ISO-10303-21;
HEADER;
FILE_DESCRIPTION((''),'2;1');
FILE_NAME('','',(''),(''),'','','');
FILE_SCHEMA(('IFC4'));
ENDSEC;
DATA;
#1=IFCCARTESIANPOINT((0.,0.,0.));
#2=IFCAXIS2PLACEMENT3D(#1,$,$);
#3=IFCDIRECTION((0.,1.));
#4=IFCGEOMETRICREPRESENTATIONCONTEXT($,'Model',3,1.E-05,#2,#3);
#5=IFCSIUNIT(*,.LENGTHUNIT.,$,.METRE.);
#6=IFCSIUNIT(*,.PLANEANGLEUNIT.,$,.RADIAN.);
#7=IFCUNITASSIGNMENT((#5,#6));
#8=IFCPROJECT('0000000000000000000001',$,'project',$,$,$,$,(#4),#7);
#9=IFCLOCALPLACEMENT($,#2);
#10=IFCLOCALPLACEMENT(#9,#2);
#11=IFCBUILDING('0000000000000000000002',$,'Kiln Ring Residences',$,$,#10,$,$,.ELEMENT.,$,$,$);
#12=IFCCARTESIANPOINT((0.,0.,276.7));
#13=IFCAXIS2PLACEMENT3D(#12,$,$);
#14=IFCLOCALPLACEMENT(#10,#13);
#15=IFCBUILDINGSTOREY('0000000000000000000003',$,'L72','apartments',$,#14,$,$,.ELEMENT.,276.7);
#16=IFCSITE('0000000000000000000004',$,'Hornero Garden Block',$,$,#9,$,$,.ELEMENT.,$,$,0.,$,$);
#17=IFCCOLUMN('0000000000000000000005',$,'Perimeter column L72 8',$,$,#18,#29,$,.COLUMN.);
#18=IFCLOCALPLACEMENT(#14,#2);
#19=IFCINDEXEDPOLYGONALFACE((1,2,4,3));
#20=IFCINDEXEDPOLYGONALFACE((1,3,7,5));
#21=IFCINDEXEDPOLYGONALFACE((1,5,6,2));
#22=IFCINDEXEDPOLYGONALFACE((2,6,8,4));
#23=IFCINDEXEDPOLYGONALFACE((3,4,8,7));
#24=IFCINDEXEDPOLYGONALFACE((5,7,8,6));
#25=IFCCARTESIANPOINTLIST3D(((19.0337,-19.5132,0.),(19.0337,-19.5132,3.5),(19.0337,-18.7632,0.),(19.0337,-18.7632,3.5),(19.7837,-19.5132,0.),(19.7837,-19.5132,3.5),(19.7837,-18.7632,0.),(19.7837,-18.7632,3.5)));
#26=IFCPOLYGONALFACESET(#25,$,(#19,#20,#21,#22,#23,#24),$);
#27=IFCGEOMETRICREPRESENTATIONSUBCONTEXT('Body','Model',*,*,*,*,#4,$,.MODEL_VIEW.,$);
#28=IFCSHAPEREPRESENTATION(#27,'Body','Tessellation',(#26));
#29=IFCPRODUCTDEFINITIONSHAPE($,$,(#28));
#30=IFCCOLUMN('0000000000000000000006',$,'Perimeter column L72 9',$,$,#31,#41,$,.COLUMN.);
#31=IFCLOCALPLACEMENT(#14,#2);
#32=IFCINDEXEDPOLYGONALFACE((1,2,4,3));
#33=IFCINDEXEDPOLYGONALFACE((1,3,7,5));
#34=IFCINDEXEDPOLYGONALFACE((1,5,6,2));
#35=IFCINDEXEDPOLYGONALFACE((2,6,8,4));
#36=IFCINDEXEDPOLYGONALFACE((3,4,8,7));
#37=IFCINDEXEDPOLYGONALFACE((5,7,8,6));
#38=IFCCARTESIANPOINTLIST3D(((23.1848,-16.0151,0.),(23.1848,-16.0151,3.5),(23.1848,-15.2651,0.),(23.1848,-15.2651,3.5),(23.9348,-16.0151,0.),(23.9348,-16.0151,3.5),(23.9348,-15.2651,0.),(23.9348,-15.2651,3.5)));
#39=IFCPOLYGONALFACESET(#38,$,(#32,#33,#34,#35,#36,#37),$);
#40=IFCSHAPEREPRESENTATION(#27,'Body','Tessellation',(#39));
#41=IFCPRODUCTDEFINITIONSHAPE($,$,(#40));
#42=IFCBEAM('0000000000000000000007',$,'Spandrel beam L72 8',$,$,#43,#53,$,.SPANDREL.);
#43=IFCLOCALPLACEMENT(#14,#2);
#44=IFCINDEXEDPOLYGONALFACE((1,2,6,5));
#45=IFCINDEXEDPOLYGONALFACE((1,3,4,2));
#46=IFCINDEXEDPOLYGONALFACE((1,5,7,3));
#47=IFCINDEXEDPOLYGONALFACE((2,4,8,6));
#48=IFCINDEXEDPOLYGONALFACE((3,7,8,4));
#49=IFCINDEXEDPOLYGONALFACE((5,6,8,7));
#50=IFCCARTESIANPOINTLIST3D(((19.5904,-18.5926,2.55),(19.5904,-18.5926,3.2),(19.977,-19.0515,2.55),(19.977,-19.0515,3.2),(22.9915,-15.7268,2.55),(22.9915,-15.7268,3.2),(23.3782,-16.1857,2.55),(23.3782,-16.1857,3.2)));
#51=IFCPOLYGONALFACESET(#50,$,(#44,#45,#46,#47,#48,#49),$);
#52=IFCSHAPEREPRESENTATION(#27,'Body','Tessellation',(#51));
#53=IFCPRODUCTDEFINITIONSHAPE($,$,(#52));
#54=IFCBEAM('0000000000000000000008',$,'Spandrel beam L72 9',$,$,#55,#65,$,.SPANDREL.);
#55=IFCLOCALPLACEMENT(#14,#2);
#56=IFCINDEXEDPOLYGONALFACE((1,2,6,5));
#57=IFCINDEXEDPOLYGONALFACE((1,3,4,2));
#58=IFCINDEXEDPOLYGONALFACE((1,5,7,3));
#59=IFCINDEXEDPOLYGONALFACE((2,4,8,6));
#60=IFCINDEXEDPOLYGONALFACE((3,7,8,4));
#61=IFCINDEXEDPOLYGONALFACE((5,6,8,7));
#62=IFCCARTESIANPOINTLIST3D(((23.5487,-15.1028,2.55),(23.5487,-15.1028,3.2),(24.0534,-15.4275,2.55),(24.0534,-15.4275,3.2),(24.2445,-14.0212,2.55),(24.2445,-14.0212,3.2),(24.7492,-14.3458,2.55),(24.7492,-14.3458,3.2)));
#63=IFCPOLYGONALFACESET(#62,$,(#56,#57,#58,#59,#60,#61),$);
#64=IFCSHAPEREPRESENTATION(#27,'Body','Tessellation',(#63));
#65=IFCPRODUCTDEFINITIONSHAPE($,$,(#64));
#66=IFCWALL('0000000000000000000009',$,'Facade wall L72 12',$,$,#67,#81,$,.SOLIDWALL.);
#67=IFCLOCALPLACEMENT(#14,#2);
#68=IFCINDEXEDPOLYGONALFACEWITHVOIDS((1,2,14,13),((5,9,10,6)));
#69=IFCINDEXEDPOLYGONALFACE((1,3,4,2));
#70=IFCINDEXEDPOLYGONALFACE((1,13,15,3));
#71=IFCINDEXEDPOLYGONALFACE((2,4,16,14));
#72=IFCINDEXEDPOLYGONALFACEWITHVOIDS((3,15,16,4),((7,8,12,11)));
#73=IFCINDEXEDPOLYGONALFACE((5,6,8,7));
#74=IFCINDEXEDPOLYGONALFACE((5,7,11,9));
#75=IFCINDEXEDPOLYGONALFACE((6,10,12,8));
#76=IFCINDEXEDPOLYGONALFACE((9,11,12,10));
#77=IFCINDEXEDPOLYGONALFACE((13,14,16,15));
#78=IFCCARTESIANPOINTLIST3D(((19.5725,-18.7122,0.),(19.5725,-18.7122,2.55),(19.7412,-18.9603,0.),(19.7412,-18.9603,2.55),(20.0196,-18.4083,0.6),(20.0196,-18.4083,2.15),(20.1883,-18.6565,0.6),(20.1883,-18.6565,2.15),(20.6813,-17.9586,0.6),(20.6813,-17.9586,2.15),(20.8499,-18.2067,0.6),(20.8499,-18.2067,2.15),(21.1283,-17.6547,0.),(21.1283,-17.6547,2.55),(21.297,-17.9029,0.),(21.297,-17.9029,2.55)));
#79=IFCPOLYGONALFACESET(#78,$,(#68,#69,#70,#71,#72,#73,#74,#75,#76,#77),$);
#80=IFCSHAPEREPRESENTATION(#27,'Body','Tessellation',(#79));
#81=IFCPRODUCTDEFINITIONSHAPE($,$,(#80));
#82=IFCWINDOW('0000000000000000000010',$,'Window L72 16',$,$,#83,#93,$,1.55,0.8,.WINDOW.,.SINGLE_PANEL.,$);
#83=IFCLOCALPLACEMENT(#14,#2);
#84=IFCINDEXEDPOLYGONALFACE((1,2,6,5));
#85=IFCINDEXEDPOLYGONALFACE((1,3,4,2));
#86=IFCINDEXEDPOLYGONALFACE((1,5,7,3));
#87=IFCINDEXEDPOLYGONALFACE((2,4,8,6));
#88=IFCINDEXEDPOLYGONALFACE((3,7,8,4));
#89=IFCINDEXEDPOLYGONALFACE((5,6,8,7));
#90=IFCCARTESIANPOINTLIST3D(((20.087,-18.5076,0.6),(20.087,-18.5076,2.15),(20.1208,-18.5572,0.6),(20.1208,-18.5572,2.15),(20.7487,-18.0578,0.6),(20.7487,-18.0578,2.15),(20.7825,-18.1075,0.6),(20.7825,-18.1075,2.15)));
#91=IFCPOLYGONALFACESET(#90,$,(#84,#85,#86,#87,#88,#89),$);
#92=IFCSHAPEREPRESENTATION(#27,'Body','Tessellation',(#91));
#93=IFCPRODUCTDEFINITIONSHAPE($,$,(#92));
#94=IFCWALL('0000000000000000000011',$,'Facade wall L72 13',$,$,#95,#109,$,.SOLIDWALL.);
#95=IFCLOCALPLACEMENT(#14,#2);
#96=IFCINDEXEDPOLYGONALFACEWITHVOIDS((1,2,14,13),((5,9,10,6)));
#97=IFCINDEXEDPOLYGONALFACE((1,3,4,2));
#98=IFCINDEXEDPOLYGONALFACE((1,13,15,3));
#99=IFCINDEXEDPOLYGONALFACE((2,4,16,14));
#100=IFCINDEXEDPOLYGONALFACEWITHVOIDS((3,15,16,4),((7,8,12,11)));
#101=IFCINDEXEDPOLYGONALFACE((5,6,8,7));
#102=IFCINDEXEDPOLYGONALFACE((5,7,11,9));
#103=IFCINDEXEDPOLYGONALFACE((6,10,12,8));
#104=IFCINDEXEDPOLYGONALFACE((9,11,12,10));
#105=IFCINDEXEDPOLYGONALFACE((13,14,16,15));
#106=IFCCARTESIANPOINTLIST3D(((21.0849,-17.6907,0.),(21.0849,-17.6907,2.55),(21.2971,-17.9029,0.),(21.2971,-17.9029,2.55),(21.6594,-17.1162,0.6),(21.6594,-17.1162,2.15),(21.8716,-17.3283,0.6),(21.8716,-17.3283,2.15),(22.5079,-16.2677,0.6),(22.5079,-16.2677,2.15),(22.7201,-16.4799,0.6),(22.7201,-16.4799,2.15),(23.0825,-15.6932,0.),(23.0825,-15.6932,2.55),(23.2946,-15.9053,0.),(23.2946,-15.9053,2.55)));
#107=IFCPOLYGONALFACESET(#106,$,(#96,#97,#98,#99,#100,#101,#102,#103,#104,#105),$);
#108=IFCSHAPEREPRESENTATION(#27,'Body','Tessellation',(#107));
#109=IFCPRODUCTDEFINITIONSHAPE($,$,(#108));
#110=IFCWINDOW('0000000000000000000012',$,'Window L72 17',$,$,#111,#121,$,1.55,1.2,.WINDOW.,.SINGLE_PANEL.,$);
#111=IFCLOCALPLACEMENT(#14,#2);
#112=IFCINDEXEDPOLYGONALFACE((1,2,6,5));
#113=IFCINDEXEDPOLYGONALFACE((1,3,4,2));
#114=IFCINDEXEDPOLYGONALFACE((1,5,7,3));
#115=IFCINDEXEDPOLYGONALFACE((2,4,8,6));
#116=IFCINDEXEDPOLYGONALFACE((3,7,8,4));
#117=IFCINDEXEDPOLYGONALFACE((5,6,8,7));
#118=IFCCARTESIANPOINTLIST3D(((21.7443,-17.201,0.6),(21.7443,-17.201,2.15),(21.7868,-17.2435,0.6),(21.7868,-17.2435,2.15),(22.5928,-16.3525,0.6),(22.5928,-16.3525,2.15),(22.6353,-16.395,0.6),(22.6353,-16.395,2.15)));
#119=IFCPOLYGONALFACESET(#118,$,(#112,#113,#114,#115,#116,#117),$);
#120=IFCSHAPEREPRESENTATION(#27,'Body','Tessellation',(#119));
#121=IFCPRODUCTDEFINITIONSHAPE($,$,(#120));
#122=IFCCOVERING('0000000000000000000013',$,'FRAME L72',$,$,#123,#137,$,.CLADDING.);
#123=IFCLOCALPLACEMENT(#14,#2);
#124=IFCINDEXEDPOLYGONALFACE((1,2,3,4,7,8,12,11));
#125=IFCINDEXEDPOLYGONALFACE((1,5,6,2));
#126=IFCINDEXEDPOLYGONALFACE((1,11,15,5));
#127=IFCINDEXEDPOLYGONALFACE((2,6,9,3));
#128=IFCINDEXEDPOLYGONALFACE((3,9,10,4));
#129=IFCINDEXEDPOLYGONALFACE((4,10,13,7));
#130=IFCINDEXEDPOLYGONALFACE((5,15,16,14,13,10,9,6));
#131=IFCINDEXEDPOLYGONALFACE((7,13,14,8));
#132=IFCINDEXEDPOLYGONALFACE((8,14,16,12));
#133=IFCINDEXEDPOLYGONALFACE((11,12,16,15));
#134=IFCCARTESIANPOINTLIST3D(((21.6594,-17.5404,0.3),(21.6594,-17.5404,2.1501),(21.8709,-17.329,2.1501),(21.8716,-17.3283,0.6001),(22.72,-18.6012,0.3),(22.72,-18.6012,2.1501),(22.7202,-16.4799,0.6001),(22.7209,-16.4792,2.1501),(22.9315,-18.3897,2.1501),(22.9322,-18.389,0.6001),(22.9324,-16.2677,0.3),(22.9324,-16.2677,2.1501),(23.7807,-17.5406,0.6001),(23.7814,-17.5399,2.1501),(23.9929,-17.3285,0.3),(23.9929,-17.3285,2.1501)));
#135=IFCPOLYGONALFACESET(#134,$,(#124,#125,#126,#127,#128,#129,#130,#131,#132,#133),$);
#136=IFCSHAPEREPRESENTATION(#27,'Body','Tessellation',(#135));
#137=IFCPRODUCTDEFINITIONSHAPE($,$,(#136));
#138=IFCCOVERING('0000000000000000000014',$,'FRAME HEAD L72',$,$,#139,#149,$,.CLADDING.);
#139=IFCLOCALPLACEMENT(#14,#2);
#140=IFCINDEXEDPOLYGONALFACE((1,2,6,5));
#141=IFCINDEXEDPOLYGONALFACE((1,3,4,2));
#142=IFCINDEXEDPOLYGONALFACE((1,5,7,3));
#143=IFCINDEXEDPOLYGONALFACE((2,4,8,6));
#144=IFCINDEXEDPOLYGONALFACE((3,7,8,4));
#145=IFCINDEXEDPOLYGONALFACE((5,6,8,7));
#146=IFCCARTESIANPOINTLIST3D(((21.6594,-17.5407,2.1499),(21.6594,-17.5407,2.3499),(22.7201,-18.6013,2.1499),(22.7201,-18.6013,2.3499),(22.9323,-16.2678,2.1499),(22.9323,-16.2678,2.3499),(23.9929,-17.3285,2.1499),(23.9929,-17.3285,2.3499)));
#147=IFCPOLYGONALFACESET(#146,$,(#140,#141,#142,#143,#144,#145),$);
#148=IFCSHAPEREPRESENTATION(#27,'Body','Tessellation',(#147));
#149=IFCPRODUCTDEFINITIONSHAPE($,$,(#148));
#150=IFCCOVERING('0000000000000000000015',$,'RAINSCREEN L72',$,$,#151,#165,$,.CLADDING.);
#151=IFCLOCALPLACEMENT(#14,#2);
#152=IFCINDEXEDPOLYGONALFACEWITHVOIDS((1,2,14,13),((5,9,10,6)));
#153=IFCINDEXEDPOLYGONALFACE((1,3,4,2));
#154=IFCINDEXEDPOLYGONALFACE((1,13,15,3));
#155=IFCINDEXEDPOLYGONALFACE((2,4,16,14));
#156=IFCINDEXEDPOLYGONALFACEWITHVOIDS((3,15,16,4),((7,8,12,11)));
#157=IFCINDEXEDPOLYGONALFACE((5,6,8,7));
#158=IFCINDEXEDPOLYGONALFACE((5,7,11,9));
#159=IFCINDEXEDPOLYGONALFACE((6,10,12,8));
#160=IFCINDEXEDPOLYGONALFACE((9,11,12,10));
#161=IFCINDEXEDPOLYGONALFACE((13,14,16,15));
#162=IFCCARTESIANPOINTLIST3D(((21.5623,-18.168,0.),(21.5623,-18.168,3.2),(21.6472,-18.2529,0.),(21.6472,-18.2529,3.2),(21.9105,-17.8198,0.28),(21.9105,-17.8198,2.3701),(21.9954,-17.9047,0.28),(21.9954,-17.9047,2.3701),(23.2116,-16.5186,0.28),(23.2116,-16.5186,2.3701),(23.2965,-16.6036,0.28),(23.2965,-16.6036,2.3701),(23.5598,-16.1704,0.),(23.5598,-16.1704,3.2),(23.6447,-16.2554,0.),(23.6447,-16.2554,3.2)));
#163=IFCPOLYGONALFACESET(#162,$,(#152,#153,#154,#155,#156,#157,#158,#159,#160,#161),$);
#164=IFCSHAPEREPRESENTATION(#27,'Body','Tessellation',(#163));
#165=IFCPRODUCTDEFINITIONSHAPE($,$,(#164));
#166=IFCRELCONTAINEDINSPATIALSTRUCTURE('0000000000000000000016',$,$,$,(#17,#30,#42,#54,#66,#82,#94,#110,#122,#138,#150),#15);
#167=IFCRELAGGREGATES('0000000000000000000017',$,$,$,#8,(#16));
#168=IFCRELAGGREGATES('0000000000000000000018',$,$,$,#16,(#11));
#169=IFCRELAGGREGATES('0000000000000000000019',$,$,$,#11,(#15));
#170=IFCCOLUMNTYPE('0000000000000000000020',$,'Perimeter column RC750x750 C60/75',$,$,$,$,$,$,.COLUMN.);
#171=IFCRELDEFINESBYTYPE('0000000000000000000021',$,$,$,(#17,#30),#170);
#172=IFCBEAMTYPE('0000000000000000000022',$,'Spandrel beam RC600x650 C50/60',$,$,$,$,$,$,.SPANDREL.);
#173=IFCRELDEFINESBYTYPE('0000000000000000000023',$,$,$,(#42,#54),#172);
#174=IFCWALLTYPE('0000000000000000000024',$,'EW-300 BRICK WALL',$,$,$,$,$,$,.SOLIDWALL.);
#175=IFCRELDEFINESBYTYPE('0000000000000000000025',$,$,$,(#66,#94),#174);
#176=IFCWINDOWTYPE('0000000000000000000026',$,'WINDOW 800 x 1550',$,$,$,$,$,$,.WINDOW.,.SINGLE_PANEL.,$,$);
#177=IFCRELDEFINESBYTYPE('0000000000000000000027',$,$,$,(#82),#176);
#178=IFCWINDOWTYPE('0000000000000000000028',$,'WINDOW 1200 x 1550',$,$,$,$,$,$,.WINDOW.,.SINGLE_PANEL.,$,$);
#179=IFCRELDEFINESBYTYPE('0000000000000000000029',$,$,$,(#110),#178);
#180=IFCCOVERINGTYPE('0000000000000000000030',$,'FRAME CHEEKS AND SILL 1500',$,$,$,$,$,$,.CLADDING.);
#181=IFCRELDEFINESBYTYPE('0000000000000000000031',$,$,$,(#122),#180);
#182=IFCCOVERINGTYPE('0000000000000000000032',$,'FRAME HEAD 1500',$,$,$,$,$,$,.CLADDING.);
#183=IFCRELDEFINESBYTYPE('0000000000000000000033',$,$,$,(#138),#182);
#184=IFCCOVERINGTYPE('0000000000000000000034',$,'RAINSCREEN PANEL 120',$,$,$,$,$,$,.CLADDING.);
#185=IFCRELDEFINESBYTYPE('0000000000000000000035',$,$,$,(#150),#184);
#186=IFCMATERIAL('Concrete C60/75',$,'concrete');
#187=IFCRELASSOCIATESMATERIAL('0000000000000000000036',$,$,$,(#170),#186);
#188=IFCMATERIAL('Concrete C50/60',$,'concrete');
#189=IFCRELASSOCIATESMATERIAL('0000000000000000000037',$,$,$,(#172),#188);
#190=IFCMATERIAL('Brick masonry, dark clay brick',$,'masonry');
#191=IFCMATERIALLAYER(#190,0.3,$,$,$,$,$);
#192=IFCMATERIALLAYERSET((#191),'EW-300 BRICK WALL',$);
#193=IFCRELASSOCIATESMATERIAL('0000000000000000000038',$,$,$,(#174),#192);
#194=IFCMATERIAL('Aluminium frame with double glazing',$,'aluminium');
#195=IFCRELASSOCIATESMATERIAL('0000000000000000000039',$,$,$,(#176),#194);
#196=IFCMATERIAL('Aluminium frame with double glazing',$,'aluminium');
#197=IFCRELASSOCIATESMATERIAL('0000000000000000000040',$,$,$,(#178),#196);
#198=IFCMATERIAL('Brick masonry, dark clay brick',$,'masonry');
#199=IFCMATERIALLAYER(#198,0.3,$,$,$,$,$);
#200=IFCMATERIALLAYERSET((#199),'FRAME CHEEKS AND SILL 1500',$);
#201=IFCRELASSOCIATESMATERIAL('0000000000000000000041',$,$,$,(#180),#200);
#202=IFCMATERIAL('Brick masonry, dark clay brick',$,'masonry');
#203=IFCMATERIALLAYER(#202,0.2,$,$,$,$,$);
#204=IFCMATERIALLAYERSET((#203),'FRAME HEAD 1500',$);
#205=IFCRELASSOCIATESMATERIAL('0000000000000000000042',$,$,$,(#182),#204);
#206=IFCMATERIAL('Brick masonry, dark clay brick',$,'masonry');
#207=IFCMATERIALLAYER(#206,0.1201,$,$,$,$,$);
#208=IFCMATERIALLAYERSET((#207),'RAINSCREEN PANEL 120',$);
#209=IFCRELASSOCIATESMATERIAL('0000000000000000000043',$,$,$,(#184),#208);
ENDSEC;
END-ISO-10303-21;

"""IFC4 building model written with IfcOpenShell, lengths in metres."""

from ifc_helpers import new_model, si_unit, direction, frame, frame_2d, origin, origin_2d, place, context, subcontext, project, spatial, polyline, rectangle, outline, extrude, material, layer, layer_set, material_profile, profile_set, type_object, element, fill, save


model = new_model("IFC4")

# Units and contexts
model_context = context("Model", 3, precision=1e-05, world=origin(), true_north=direction((0.0, 1.0)))
body_context = subcontext(model_context, "Body", "Model", "MODEL_VIEW")
ifc_project = project(units=[si_unit("LENGTHUNIT", "METRE"), si_unit("PLANEANGLEUNIT", "RADIAN")], contexts=[model_context])

# Site, building, storey
site_placement = place(None, origin())
site = spatial("IfcSite", under=ifc_project, at=site_placement, Name="Hornero Garden Block", CompositionType="ELEMENT", RefElevation=0.0)
building_placement = place(site_placement, origin())
building = spatial("IfcBuilding", under=site, at=building_placement, Name="Kiln Ring Residences", CompositionType="ELEMENT")
storey_placement = place(building_placement, frame((0.0, 0.0, 276.7)))
storey = spatial("IfcBuildingStorey", under=building, at=storey_placement, Name="L72", Description="apartments", CompositionType="ELEMENT", Elevation=276.7)

# Columns
ifc_material_1 = material(Name="Concrete C60/75", Category="concrete")
ifc_material_profile_1 = material_profile(ifc_material_1, rectangle(XDim=0.75, YDim=0.75, at=origin_2d()), Name="RC750x750")
ifc_profile_set_1 = profile_set([ifc_material_profile_1], Name="Concrete C60/75")
column_type = type_object("IfcColumnType", Name="Perimeter column RC750x750 C60/75", PredefinedType="COLUMN", material=ifc_profile_set_1)
for number, where, z_axis, x_axis, name in (
    (1, (19.4087, -19.1382, 0.0), (0.0, 0.0, 1.0), (1.0, 0.0, 0.0), "Perimeter column L72 8"),
    (2, (23.5598, -15.6401, 0.0), (0.0, 0.0, 1.0), (1.0, 0.0, 0.0), "Perimeter column L72 9"),
):
    element("IfcColumn", number, at=place(storey_placement, frame(where, z_axis=z_axis, x_axis=x_axis)), inside=storey, type_object=column_type, Name=name, PredefinedType="COLUMN", context=body_context, shape_type="SweptSolid", body=[
        extrude(rectangle(XDim=0.75, YDim=0.75, at=origin_2d()), origin(), (0.0, 0.0, 1.0), 3.5),
    ])

# Beams
ifc_material_2 = material(Name="Concrete C50/60", Category="concrete")
ifc_material_profile_2 = material_profile(ifc_material_2, rectangle(XDim=0.6001, YDim=0.6499, at=origin_2d()), Name="RC600x650")
ifc_profile_set_2 = profile_set([ifc_material_profile_2], Name="Concrete C50/60")
beam_type = type_object("IfcBeamType", Name="Spandrel beam RC600x650 C50/60", PredefinedType="SPANDREL", material=ifc_profile_set_2)
beam_1_placement = place(storey_placement, frame((19.7837, -18.822, 2.875), z_axis=(0.764732, 0.644349, 0.0), x_axis=(-0.644349, 0.764732, 0.0)))
element("IfcBeam", 3, at=beam_1_placement, inside=storey, type_object=beam_type, Name="Spandrel beam L72 8", PredefinedType="SPANDREL", context=body_context, shape_type="SweptSolid", body=[
    extrude(rectangle(XDim=0.6001, YDim=0.6499, at=origin_2d()), origin(), (0.0, 0.0, 1.0), 4.4475),
])
beam_2_placement = place(storey_placement, frame((23.801, -15.2651, 2.875), z_axis=(0.541045, 0.840993, 0.0), x_axis=(-0.840993, 0.541045, 0.0)))
element("IfcBeam", 4, at=beam_2_placement, inside=storey, type_object=beam_type, Name="Spandrel beam L72 9", PredefinedType="SPANDREL", context=body_context, shape_type="SweptSolid", body=[
    extrude(rectangle(XDim=0.6001, YDim=0.6499, at=origin_2d()), origin(), (0.0, 0.0, 1.0), 1.2861),
])

# Walls, openings, windows
ifc_material_3 = material(Name="Brick masonry, dark clay brick", Category="masonry")
ifc_layer_1 = layer(ifc_material_3, 0.3)
ifc_layer_set_1 = layer_set([ifc_layer_1], Name="EW-300 BRICK WALL")
wall_type = type_object("IfcWallType", Name="EW-300 BRICK WALL", PredefinedType="SOLIDWALL", material=ifc_layer_set_1)
wall_1_placement = place(storey_placement, frame((19.657, -18.8362, 0.0), z_axis=(0.0, 0.0, 1.0), x_axis=(0.827045, 0.562136, 0.0)))
wall_1 = element("IfcWall", 5, at=wall_1_placement, inside=storey, type_object=wall_type, Name="Facade wall L72 12", PredefinedType="SOLIDWALL", context=body_context, shape_type="SweptSolid", body=[
    extrude(rectangle(XDim=1.8811, YDim=0.3, at=frame_2d((0.9404, 0.0))), origin(), (0.0, 0.0, 1.0), 2.55),
])
opening_1_placement = place(wall_1_placement, frame((0.5405, 0.0, 0.6001)))
opening_1 = element("IfcOpeningElement", 6, at=opening_1_placement, cuts=wall_1, PredefinedType="OPENING", context=body_context, shape_type="SweptSolid", body=[
    extrude(rectangle(XDim=0.8, YDim=1.55, at=frame_2d((0.3999, 0.7749))), frame((0.0, 0.1599, 0.0), z_axis=(0.0, -1.0, 0.0), x_axis=(1.0, 0.0, 0.0)), (0.0, 0.0, 1.0), 0.3201),
])
ifc_material_4 = material(Name="Aluminium frame with double glazing", Category="aluminium")
window_type_1 = type_object("IfcWindowType", Name="WINDOW 800 x 1550", PartitioningType="SINGLE_PANEL", PredefinedType="WINDOW", material=ifc_material_4)
window_1_placement = place(opening_1_placement, origin())
window_1 = element("IfcWindow", 7, at=window_1_placement, inside=storey, type_object=window_type_1, Name="Window L72 16", OverallHeight=1.55, OverallWidth=0.8, PartitioningType="SINGLE_PANEL", PredefinedType="WINDOW", context=body_context, shape_type="SweptSolid", body=[
    extrude(rectangle(XDim=0.8, YDim=1.55, at=frame_2d((0.3999, 0.7749))), frame((0.0, 0.03, 0.0), z_axis=(0.0, -1.0, 0.0), x_axis=(1.0, 0.0, 0.0)), (0.0, 0.0, 1.0), 0.0601),
])
fill(opening_1, window_1)
wall_2_placement = place(storey_placement, frame((21.1909, -17.7969, 0.0), z_axis=(0.0, 0.0, 1.0), x_axis=(0.707107, 0.707107, 0.0)))
wall_2 = element("IfcWall", 8, at=wall_2_placement, inside=storey, type_object=wall_type, Name="Facade wall L72 13", PredefinedType="SOLIDWALL", context=body_context, shape_type="SweptSolid", body=[
    extrude(rectangle(XDim=2.825, YDim=0.3, at=frame_2d((1.4126, 0.0))), origin(), (0.0, 0.0, 1.0), 2.55),
])
opening_2_placement = place(wall_2_placement, frame((0.8125, 0.0, 0.6001)))
opening_2 = element("IfcOpeningElement", 9, at=opening_2_placement, cuts=wall_2, PredefinedType="OPENING", context=body_context, shape_type="SweptSolid", body=[
    extrude(rectangle(XDim=1.2, YDim=1.55, at=frame_2d((0.6001, 0.7749))), frame((0.0, 0.1599, 0.0), z_axis=(0.0, -1.0, 0.0), x_axis=(1.0, 0.0, 0.0)), (0.0, 0.0, 1.0), 0.3201),
])
ifc_material_5 = material(Name="Aluminium frame with double glazing", Category="aluminium")
window_type_2 = type_object("IfcWindowType", Name="WINDOW 1200 x 1550", PartitioningType="SINGLE_PANEL", PredefinedType="WINDOW", material=ifc_material_5)
window_2_placement = place(opening_2_placement, origin())
window_2 = element("IfcWindow", 10, at=window_2_placement, inside=storey, type_object=window_type_2, Name="Window L72 17", OverallHeight=1.55, OverallWidth=1.2, PartitioningType="SINGLE_PANEL", PredefinedType="WINDOW", context=body_context, shape_type="SweptSolid", body=[
    extrude(rectangle(XDim=1.2, YDim=1.55, at=frame_2d((0.6001, 0.7749))), frame((0.0, 0.03, 0.0), z_axis=(0.0, -1.0, 0.0), x_axis=(1.0, 0.0, 0.0)), (0.0, 0.0, 1.0), 0.0601),
])
fill(opening_2, window_2)

# Coverings
ifc_material_6 = material(Name="Brick masonry, dark clay brick", Category="masonry")
ifc_layer_2 = layer(ifc_material_6, 0.3)
ifc_layer_set_2 = layer_set([ifc_layer_2], Name="FRAME CHEEKS AND SILL 1500")
covering_type_1 = type_object("IfcCoveringType", Name="FRAME CHEEKS AND SILL 1500", PredefinedType="CLADDING", material=ifc_layer_set_2)
covering_1_placement = place(storey_placement, frame((22.1897, -18.0708, 0.3), z_axis=(0.0, 0.0, 1.0), x_axis=(0.707175, 0.707039, 0.0)))
element("IfcCovering", 11, at=covering_1_placement, inside=storey, type_object=covering_type_1, Name="FRAME L72", PredefinedType="CLADDING", context=body_context, shape_type="SweptSolid", body=[
    extrude(outline(polyline([(0.0, 0.0), (1.8, 0.0), (1.8, 1.8501), (1.501, 1.8501), (1.5, 0.3), (0.3, 0.3), (0.2991, 1.8501), (0.0, 1.8501), (0.0, 0.0)])), frame((0.0, 0.75, 0.0), z_axis=(0.0, -1.0, 0.0), x_axis=(1.0, 0.0, 0.0)), (0.0, 0.0, 1.0), 1.5),
])
ifc_material_7 = material(Name="Brick masonry, dark clay brick", Category="masonry")
ifc_layer_3 = layer(ifc_material_7, 0.2)
ifc_layer_set_3 = layer_set([ifc_layer_3], Name="FRAME HEAD 1500")
covering_type_2 = type_object("IfcCoveringType", Name="FRAME HEAD 1500", PredefinedType="CLADDING", material=ifc_layer_set_3)
covering_2_placement = place(storey_placement, frame((22.8262, -17.4346, 2.1499), z_axis=(0.0, 0.0, 1.0), x_axis=(0.707107, 0.707107, 0.0)))
element("IfcCovering", 12, at=covering_2_placement, inside=storey, type_object=covering_type_2, Name="FRAME HEAD L72", PredefinedType="CLADDING", context=body_context, shape_type="SweptSolid", body=[
    extrude(rectangle(XDim=1.8, YDim=1.5, at=origin_2d()), origin(), (0.0, 0.0, 1.0), 0.2),
])
ifc_material_8 = material(Name="Brick masonry, dark clay brick", Category="masonry")
ifc_layer_4 = layer(ifc_material_8, 0.1201)
ifc_layer_set_4 = layer_set([ifc_layer_4], Name="RAINSCREEN PANEL 120")
covering_type_3 = type_object("IfcCoveringType", Name="RAINSCREEN PANEL 120", PredefinedType="CLADDING", material=ifc_layer_set_4)
covering_3_placement = place(storey_placement, frame((21.6047, -18.2104, 0.0), z_axis=(0.0, 0.0, 1.0), x_axis=(0.707107, 0.707107, 0.0)))
element("IfcCovering", 13, at=covering_3_placement, inside=storey, type_object=covering_type_3, Name="RAINSCREEN L72", PredefinedType="CLADDING", context=body_context, shape_type="SweptSolid", body=[
    extrude(outline(polyline([(0.0, 0.0), (2.825, 0.0), (2.825, 3.2), (0.0, 3.2), (0.0, 0.0)]), holes=[polyline([(0.4924, 2.3701), (0.4924, 0.28), (2.3325, 0.28), (2.3325, 2.3701), (0.4924, 2.3701)])]), frame((0.0, 0.0601, 0.0), z_axis=(0.0, -1.0, 0.0), x_axis=(1.0, 0.0, 0.0)), (0.0, 0.0, 1.0), 0.1201),
])

save(model, "model.ifc")
